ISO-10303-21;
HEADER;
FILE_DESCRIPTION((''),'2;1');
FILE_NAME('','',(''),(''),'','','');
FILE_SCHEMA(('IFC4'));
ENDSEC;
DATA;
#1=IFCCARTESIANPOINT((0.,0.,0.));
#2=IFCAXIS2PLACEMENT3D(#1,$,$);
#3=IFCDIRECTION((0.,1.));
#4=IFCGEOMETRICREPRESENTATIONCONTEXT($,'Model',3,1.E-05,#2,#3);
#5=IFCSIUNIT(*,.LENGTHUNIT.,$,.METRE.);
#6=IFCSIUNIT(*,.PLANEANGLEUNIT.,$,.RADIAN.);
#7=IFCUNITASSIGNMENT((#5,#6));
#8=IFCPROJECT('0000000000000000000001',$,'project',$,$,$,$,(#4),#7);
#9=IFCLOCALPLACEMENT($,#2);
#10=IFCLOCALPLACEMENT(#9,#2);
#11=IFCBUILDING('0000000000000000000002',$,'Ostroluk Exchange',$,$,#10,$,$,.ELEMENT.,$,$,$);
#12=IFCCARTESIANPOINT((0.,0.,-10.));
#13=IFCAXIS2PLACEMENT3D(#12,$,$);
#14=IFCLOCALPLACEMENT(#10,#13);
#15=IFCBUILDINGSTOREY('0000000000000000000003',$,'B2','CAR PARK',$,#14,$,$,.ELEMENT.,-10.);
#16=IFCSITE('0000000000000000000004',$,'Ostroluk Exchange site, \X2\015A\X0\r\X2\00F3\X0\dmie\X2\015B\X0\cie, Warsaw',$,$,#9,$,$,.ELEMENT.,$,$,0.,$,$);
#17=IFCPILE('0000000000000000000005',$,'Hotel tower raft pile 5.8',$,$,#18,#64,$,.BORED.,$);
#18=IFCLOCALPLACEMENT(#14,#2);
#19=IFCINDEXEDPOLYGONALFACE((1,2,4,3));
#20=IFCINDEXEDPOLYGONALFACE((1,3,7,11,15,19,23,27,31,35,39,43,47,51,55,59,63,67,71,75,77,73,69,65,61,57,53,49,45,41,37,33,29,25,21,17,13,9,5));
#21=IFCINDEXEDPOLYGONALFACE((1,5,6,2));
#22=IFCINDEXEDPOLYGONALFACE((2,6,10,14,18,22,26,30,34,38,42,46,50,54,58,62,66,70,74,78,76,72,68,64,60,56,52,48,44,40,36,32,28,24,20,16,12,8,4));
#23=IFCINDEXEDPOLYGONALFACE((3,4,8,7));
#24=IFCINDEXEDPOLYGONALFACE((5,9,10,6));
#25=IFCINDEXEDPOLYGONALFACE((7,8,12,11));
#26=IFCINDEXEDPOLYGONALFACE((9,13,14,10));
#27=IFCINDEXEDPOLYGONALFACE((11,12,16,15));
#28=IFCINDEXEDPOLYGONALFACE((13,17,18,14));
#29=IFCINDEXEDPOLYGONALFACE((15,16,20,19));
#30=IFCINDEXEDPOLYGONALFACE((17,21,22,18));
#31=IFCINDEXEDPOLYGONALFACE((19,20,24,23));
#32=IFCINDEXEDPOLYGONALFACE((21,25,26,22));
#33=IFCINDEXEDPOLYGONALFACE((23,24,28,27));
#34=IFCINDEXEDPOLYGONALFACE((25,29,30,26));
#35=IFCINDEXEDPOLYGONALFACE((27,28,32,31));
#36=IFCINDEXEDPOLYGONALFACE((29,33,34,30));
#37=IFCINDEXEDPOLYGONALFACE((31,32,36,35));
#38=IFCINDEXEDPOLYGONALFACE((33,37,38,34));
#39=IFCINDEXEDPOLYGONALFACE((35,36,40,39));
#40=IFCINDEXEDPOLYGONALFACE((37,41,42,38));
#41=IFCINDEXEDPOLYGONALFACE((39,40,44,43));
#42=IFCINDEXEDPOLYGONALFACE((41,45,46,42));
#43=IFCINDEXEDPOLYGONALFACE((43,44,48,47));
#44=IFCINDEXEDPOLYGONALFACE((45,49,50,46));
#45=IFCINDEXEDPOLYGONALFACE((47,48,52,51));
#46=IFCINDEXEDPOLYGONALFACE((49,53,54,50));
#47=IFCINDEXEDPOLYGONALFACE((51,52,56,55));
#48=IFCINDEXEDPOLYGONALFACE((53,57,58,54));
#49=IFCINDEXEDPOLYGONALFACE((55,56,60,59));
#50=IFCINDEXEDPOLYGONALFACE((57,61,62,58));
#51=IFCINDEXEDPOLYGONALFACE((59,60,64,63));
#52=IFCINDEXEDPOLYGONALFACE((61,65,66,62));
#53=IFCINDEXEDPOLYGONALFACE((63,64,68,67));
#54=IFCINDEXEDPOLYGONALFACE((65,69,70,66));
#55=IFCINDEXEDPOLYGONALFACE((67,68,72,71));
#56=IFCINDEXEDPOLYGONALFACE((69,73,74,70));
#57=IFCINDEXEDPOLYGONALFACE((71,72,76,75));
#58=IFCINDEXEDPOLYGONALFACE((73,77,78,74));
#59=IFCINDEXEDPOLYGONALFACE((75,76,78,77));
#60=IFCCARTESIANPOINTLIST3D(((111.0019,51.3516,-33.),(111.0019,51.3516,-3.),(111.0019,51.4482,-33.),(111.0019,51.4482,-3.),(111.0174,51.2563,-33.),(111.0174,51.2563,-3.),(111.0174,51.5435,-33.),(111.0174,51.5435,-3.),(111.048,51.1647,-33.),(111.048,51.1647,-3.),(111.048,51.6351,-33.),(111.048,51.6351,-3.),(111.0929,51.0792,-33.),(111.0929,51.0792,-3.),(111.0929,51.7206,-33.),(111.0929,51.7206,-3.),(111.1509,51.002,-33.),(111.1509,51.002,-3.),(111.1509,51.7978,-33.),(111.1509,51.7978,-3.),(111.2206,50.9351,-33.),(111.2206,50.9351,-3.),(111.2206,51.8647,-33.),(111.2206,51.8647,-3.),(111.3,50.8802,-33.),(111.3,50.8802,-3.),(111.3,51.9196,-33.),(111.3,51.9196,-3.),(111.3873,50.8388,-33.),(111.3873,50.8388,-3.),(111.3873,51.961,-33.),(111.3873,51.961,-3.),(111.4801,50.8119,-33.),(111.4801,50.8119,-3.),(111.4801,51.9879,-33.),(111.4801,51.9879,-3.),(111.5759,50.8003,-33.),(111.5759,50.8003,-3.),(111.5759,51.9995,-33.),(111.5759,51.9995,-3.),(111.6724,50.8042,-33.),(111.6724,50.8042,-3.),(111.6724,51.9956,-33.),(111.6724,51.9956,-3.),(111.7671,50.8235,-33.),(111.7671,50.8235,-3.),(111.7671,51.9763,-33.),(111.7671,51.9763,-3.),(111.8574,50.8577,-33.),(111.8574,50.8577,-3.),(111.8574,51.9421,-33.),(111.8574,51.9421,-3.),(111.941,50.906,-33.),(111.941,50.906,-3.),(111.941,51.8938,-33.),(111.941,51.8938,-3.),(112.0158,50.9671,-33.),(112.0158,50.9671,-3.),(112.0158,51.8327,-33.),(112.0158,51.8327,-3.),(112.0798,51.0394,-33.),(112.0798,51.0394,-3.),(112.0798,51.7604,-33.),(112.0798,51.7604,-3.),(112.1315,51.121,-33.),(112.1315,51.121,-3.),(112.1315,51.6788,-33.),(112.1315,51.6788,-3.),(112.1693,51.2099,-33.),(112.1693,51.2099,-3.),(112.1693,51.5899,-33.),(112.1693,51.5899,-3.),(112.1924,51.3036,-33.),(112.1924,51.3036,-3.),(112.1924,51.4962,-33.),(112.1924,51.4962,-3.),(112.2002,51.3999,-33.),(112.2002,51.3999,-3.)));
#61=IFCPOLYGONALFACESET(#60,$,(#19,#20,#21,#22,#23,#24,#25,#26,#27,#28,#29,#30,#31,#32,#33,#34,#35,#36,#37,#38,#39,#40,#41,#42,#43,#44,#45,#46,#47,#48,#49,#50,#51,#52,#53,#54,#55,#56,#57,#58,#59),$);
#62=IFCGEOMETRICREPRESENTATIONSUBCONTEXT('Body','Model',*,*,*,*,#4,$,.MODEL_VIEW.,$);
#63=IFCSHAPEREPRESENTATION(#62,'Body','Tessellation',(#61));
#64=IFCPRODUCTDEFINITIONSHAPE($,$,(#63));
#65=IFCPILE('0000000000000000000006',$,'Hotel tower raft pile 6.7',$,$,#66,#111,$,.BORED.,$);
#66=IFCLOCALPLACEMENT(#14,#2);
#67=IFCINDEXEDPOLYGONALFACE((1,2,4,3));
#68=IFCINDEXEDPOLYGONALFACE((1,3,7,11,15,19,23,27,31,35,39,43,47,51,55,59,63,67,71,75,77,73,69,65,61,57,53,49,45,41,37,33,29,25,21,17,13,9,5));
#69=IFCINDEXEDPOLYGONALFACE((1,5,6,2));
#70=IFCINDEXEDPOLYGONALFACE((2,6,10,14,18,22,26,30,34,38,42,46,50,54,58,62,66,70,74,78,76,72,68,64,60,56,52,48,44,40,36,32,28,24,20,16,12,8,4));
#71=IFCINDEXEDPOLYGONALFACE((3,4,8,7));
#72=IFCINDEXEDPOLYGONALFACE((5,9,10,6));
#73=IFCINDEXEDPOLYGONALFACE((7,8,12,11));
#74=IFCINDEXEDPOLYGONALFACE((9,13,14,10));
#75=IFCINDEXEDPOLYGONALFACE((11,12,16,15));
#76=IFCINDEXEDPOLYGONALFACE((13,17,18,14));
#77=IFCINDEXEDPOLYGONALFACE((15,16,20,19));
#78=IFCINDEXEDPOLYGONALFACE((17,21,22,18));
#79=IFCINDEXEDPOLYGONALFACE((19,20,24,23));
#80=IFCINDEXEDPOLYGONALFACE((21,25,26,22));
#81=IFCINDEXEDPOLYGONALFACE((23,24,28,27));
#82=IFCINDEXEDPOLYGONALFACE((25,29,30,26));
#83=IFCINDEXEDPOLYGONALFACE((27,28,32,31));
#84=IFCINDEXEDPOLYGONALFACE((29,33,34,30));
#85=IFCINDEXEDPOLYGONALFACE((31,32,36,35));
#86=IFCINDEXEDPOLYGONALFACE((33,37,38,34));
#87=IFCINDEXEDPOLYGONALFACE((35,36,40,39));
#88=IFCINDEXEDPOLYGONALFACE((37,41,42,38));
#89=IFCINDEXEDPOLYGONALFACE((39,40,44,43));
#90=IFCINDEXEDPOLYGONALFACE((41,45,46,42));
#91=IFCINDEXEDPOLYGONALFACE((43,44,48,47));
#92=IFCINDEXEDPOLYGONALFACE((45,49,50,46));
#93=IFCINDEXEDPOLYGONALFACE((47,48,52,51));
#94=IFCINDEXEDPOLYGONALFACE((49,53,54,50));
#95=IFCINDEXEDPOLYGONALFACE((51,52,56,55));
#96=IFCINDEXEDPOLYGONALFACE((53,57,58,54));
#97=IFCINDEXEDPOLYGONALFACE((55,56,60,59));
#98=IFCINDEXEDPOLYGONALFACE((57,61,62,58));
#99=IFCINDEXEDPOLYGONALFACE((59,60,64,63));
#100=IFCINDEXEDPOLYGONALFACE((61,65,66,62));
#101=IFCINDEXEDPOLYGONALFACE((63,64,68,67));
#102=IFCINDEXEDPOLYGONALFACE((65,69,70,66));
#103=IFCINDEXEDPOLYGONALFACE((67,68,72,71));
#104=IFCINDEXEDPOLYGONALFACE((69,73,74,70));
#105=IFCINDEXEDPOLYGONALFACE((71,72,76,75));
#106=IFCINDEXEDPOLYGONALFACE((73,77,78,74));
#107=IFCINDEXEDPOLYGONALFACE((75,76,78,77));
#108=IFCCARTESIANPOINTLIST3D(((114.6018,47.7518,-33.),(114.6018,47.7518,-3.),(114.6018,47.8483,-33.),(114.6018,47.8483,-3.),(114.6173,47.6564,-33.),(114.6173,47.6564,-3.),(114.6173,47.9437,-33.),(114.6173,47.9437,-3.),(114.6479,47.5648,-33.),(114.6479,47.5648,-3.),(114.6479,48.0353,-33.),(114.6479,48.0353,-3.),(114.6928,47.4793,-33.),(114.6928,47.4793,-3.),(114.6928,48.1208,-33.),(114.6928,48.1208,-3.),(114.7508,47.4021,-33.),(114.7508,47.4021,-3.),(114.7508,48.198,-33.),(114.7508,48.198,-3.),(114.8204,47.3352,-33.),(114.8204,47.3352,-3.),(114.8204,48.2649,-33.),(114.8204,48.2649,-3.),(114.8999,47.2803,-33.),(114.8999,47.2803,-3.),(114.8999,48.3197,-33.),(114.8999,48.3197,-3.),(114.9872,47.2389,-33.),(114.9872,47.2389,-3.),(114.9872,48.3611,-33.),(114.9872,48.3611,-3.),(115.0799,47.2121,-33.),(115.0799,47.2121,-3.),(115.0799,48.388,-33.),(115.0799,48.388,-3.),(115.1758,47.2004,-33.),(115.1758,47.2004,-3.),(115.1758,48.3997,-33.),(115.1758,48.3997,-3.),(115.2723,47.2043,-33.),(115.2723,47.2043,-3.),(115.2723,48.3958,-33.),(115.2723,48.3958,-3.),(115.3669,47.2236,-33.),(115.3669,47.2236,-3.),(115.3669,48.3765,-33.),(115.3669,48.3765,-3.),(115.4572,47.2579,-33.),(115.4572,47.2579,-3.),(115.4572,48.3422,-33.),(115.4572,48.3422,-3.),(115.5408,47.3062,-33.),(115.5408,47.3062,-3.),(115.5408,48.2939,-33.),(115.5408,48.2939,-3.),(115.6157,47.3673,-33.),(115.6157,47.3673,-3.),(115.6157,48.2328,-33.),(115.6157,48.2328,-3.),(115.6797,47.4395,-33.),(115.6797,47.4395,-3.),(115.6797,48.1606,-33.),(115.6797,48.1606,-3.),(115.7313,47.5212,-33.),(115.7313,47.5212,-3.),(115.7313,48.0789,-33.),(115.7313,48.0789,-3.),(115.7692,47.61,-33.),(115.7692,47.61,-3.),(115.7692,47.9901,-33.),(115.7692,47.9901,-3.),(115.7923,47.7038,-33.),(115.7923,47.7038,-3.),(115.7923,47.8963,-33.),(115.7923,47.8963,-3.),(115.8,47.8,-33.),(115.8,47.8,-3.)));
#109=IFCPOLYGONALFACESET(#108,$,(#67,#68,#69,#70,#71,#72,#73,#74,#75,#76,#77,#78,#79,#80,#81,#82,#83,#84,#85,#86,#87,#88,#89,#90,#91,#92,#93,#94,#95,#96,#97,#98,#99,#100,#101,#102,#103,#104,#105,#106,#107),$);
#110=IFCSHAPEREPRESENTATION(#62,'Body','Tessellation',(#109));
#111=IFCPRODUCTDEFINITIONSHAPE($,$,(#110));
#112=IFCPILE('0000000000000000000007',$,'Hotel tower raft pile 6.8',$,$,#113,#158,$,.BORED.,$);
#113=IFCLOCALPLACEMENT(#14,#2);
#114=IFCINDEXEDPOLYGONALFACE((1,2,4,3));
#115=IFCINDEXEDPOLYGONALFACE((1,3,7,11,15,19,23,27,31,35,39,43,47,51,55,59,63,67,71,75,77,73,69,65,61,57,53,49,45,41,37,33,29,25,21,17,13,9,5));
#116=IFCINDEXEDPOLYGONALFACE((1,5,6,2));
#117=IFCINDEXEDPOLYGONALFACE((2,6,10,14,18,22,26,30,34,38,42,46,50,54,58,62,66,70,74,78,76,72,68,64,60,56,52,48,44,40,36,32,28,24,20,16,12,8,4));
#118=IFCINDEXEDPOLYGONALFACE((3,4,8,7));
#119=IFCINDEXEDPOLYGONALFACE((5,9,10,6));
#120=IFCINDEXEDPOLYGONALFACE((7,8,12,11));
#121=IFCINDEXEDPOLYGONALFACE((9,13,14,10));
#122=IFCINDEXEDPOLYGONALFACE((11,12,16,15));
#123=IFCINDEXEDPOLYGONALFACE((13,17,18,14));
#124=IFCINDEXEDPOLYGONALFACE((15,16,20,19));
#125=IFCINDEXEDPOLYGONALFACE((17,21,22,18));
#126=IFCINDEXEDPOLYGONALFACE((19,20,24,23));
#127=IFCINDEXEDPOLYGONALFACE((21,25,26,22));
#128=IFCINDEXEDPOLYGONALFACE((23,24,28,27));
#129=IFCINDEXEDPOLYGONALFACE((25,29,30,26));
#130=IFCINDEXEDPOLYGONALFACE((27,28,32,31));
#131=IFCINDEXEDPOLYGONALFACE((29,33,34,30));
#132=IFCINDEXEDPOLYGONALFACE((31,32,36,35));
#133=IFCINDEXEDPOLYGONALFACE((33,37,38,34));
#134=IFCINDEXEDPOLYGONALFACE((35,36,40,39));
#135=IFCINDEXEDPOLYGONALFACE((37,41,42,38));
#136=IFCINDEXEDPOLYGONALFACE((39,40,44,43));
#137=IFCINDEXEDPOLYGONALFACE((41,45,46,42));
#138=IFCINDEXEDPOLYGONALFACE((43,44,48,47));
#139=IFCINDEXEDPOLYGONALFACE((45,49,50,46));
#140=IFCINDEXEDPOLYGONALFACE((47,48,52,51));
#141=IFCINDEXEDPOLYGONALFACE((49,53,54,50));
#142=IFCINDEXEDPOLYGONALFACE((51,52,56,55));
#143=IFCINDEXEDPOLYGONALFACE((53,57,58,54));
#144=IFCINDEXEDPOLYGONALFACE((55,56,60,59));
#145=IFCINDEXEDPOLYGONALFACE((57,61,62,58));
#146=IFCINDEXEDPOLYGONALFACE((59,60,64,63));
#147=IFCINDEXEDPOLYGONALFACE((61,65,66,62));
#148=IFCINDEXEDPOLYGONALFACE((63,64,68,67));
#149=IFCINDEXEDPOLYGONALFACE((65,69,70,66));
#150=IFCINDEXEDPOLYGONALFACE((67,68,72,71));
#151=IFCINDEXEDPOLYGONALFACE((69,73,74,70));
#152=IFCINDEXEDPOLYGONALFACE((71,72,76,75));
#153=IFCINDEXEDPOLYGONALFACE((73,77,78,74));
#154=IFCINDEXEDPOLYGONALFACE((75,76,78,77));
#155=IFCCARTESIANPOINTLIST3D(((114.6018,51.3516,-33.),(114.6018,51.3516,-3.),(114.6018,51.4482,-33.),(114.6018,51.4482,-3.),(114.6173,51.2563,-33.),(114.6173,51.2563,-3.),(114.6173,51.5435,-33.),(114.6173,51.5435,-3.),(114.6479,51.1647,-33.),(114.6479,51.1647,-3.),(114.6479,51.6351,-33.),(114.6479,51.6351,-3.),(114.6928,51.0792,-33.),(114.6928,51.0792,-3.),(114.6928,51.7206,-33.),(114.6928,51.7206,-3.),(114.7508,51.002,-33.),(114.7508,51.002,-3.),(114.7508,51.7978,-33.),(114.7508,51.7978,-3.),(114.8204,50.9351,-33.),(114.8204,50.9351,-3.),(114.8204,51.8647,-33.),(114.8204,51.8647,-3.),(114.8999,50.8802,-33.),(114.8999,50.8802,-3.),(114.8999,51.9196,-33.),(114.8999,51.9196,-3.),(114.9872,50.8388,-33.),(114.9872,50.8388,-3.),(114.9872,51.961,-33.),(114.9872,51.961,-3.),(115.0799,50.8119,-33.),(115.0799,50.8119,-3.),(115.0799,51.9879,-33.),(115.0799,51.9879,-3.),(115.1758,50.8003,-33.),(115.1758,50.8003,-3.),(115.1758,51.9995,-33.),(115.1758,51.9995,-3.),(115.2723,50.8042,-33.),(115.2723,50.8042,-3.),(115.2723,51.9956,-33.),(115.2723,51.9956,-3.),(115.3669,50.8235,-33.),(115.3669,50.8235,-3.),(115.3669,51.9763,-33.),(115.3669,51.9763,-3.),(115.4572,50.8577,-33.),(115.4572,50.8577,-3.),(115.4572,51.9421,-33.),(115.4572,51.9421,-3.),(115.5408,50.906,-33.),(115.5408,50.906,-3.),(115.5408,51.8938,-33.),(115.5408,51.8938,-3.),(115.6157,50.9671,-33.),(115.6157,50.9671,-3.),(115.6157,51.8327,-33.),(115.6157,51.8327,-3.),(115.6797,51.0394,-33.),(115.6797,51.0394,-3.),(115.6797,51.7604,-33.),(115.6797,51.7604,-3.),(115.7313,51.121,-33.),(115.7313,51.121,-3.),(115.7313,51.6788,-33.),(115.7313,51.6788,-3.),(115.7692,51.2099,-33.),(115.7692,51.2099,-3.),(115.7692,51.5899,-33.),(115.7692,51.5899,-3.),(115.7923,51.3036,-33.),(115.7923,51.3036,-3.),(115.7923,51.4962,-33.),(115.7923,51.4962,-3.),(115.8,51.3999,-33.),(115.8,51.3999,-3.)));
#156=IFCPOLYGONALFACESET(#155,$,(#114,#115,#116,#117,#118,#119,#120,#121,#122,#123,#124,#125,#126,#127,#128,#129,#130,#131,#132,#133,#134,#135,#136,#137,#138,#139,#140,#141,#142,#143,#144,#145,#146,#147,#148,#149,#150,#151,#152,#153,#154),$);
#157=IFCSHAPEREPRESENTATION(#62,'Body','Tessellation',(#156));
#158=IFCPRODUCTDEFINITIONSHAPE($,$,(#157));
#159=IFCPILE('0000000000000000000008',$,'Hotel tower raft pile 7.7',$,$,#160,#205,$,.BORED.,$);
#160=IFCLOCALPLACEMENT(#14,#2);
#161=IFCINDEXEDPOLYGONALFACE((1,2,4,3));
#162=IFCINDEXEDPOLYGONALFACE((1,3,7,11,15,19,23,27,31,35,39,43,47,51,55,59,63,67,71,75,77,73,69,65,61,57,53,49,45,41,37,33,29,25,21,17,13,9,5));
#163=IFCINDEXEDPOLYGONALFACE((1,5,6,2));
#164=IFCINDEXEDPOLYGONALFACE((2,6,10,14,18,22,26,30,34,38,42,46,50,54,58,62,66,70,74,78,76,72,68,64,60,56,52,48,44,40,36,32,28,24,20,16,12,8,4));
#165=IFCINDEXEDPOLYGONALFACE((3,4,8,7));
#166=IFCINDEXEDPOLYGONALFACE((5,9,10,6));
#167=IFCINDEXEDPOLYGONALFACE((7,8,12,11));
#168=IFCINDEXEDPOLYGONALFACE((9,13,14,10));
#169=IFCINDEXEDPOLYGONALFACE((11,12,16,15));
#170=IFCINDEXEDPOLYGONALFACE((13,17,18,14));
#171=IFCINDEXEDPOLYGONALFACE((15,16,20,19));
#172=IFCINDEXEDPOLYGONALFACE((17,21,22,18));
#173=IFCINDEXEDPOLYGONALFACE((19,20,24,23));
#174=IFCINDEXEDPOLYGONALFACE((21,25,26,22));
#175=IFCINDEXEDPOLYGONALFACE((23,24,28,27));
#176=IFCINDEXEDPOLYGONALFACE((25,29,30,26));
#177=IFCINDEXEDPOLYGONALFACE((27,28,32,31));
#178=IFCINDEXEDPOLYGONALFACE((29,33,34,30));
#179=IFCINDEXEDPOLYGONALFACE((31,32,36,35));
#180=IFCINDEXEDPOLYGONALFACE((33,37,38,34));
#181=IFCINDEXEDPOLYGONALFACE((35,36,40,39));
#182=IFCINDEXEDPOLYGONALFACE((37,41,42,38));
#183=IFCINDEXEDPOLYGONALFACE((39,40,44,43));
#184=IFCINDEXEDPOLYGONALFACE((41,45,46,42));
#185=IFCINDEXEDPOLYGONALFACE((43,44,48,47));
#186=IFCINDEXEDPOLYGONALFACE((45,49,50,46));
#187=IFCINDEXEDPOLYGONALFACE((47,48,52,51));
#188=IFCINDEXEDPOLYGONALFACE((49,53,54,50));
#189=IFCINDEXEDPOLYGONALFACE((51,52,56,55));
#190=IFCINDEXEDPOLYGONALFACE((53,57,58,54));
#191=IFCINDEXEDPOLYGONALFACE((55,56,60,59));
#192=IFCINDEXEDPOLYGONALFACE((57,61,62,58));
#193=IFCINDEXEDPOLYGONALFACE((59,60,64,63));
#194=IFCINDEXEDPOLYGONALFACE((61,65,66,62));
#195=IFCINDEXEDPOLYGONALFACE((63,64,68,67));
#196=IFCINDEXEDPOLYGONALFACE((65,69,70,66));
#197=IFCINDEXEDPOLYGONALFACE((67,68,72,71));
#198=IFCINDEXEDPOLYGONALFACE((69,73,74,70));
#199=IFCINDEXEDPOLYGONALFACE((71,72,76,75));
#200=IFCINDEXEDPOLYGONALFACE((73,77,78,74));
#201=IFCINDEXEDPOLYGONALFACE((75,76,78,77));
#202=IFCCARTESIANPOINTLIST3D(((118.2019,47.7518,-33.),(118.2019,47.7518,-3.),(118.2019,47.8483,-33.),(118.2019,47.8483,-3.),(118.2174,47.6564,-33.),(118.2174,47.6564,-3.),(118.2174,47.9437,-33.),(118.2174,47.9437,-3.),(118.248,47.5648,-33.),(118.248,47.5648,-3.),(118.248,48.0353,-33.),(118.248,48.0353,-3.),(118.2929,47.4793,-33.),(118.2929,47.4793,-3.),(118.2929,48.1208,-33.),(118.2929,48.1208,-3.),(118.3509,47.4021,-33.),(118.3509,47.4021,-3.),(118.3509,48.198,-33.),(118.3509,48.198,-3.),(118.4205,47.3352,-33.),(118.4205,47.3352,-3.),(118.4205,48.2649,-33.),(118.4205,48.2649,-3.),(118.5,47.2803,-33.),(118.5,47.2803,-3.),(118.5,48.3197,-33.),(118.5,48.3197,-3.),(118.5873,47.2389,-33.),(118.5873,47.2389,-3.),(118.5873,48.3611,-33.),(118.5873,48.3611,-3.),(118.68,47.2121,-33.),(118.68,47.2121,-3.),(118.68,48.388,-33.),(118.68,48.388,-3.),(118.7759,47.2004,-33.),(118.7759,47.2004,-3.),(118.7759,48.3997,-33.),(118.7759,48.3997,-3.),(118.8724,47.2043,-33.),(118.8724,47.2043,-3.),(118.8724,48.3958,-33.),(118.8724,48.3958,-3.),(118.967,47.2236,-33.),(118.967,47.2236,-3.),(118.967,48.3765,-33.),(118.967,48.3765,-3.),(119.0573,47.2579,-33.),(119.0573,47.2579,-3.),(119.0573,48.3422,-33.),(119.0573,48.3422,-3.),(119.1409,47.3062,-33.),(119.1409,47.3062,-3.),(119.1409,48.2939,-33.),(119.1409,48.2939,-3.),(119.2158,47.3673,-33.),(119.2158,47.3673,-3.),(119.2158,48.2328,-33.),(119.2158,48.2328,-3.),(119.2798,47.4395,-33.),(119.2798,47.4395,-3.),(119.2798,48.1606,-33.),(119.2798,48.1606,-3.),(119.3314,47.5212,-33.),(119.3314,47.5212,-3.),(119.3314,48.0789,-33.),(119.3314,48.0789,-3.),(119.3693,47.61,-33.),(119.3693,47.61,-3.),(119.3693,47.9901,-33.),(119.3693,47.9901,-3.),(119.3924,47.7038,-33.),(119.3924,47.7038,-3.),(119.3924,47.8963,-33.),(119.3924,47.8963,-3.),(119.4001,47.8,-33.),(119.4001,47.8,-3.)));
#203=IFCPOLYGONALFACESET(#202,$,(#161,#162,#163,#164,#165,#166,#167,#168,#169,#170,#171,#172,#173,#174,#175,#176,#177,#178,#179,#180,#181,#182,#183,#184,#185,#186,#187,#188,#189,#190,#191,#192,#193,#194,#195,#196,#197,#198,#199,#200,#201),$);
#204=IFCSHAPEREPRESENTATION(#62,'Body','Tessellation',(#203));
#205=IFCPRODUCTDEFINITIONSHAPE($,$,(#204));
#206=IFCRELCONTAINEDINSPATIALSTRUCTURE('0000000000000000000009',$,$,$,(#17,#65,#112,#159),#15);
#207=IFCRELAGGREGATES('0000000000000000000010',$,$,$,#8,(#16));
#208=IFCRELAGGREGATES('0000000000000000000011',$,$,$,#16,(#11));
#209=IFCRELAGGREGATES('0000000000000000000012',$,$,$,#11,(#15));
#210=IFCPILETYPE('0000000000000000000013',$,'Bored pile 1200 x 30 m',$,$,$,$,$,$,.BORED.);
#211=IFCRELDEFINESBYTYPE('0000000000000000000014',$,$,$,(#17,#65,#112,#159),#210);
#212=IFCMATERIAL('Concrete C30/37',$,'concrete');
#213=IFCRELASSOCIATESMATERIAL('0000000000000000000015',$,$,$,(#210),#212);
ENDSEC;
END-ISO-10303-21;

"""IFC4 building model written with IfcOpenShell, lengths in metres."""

from ifc_helpers import new_model, si_unit, direction, frame, origin, origin_2d, place, context, subcontext, project, spatial, circle, extrude, material, type_object, element, save


model = new_model("IFC4")

# Units and contexts
model_context = context("Model", 3, precision=1e-05, world=origin(), true_north=direction((0.0, 1.0)))
body_context = subcontext(model_context, "Body", "Model", "MODEL_VIEW")
ifc_project = project(units=[si_unit("LENGTHUNIT", "METRE"), si_unit("PLANEANGLEUNIT", "RADIAN")], contexts=[model_context])

# Site, building, storey
site_placement = place(None, origin())
site = spatial("IfcSite", under=ifc_project, at=site_placement, Name="Ostroluk Exchange site, Śródmieście, Warsaw", CompositionType="ELEMENT", RefElevation=0.0)
building_placement = place(site_placement, origin())
building = spatial("IfcBuilding", under=site, at=building_placement, Name="Ostroluk Exchange", CompositionType="ELEMENT")
storey_placement = place(building_placement, frame((0.0, 0.0, -10.0)))
storey = spatial("IfcBuildingStorey", under=building, at=storey_placement, Name="B2", Description="CAR PARK", CompositionType="ELEMENT", Elevation=-10.0)

# Piles
ifc_material_1 = material(Name="Concrete C30/37", Category="concrete")
pile_type = type_object("IfcPileType", Name="Bored pile 1200 x 30 m", PredefinedType="BORED", material=ifc_material_1)
for number, where, z_axis, x_axis, name in (
    (1, (111.6001, 51.3999, -3.0), (0.0, 0.0, -1.0), (1.0, 0.0, 0.0), "Hotel tower raft pile 5.8"),
    (2, (115.2, 47.8, -3.0), (0.0, 0.0, -1.0), (1.0, 0.0, 0.0), "Hotel tower raft pile 6.7"),
    (3, (115.2, 51.3999, -3.0), (0.0, 0.0, -1.0), (1.0, 0.0, 0.0), "Hotel tower raft pile 6.8"),
    (4, (118.8, 47.8, -3.0), (0.0, 0.0, -1.0), (1.0, 0.0, 0.0), "Hotel tower raft pile 7.7"),
):
    element("IfcPile", number, at=place(storey_placement, frame(where, z_axis=z_axis, x_axis=x_axis)), inside=storey, type_object=pile_type, Name=name, PredefinedType="BORED", context=body_context, shape_type="SweptSolid", body=[
        extrude(circle(Radius=0.6001, at=origin_2d()), origin(), (0.0, 0.0, 1.0), 30.0),
    ])

save(model, "model.ifc")
